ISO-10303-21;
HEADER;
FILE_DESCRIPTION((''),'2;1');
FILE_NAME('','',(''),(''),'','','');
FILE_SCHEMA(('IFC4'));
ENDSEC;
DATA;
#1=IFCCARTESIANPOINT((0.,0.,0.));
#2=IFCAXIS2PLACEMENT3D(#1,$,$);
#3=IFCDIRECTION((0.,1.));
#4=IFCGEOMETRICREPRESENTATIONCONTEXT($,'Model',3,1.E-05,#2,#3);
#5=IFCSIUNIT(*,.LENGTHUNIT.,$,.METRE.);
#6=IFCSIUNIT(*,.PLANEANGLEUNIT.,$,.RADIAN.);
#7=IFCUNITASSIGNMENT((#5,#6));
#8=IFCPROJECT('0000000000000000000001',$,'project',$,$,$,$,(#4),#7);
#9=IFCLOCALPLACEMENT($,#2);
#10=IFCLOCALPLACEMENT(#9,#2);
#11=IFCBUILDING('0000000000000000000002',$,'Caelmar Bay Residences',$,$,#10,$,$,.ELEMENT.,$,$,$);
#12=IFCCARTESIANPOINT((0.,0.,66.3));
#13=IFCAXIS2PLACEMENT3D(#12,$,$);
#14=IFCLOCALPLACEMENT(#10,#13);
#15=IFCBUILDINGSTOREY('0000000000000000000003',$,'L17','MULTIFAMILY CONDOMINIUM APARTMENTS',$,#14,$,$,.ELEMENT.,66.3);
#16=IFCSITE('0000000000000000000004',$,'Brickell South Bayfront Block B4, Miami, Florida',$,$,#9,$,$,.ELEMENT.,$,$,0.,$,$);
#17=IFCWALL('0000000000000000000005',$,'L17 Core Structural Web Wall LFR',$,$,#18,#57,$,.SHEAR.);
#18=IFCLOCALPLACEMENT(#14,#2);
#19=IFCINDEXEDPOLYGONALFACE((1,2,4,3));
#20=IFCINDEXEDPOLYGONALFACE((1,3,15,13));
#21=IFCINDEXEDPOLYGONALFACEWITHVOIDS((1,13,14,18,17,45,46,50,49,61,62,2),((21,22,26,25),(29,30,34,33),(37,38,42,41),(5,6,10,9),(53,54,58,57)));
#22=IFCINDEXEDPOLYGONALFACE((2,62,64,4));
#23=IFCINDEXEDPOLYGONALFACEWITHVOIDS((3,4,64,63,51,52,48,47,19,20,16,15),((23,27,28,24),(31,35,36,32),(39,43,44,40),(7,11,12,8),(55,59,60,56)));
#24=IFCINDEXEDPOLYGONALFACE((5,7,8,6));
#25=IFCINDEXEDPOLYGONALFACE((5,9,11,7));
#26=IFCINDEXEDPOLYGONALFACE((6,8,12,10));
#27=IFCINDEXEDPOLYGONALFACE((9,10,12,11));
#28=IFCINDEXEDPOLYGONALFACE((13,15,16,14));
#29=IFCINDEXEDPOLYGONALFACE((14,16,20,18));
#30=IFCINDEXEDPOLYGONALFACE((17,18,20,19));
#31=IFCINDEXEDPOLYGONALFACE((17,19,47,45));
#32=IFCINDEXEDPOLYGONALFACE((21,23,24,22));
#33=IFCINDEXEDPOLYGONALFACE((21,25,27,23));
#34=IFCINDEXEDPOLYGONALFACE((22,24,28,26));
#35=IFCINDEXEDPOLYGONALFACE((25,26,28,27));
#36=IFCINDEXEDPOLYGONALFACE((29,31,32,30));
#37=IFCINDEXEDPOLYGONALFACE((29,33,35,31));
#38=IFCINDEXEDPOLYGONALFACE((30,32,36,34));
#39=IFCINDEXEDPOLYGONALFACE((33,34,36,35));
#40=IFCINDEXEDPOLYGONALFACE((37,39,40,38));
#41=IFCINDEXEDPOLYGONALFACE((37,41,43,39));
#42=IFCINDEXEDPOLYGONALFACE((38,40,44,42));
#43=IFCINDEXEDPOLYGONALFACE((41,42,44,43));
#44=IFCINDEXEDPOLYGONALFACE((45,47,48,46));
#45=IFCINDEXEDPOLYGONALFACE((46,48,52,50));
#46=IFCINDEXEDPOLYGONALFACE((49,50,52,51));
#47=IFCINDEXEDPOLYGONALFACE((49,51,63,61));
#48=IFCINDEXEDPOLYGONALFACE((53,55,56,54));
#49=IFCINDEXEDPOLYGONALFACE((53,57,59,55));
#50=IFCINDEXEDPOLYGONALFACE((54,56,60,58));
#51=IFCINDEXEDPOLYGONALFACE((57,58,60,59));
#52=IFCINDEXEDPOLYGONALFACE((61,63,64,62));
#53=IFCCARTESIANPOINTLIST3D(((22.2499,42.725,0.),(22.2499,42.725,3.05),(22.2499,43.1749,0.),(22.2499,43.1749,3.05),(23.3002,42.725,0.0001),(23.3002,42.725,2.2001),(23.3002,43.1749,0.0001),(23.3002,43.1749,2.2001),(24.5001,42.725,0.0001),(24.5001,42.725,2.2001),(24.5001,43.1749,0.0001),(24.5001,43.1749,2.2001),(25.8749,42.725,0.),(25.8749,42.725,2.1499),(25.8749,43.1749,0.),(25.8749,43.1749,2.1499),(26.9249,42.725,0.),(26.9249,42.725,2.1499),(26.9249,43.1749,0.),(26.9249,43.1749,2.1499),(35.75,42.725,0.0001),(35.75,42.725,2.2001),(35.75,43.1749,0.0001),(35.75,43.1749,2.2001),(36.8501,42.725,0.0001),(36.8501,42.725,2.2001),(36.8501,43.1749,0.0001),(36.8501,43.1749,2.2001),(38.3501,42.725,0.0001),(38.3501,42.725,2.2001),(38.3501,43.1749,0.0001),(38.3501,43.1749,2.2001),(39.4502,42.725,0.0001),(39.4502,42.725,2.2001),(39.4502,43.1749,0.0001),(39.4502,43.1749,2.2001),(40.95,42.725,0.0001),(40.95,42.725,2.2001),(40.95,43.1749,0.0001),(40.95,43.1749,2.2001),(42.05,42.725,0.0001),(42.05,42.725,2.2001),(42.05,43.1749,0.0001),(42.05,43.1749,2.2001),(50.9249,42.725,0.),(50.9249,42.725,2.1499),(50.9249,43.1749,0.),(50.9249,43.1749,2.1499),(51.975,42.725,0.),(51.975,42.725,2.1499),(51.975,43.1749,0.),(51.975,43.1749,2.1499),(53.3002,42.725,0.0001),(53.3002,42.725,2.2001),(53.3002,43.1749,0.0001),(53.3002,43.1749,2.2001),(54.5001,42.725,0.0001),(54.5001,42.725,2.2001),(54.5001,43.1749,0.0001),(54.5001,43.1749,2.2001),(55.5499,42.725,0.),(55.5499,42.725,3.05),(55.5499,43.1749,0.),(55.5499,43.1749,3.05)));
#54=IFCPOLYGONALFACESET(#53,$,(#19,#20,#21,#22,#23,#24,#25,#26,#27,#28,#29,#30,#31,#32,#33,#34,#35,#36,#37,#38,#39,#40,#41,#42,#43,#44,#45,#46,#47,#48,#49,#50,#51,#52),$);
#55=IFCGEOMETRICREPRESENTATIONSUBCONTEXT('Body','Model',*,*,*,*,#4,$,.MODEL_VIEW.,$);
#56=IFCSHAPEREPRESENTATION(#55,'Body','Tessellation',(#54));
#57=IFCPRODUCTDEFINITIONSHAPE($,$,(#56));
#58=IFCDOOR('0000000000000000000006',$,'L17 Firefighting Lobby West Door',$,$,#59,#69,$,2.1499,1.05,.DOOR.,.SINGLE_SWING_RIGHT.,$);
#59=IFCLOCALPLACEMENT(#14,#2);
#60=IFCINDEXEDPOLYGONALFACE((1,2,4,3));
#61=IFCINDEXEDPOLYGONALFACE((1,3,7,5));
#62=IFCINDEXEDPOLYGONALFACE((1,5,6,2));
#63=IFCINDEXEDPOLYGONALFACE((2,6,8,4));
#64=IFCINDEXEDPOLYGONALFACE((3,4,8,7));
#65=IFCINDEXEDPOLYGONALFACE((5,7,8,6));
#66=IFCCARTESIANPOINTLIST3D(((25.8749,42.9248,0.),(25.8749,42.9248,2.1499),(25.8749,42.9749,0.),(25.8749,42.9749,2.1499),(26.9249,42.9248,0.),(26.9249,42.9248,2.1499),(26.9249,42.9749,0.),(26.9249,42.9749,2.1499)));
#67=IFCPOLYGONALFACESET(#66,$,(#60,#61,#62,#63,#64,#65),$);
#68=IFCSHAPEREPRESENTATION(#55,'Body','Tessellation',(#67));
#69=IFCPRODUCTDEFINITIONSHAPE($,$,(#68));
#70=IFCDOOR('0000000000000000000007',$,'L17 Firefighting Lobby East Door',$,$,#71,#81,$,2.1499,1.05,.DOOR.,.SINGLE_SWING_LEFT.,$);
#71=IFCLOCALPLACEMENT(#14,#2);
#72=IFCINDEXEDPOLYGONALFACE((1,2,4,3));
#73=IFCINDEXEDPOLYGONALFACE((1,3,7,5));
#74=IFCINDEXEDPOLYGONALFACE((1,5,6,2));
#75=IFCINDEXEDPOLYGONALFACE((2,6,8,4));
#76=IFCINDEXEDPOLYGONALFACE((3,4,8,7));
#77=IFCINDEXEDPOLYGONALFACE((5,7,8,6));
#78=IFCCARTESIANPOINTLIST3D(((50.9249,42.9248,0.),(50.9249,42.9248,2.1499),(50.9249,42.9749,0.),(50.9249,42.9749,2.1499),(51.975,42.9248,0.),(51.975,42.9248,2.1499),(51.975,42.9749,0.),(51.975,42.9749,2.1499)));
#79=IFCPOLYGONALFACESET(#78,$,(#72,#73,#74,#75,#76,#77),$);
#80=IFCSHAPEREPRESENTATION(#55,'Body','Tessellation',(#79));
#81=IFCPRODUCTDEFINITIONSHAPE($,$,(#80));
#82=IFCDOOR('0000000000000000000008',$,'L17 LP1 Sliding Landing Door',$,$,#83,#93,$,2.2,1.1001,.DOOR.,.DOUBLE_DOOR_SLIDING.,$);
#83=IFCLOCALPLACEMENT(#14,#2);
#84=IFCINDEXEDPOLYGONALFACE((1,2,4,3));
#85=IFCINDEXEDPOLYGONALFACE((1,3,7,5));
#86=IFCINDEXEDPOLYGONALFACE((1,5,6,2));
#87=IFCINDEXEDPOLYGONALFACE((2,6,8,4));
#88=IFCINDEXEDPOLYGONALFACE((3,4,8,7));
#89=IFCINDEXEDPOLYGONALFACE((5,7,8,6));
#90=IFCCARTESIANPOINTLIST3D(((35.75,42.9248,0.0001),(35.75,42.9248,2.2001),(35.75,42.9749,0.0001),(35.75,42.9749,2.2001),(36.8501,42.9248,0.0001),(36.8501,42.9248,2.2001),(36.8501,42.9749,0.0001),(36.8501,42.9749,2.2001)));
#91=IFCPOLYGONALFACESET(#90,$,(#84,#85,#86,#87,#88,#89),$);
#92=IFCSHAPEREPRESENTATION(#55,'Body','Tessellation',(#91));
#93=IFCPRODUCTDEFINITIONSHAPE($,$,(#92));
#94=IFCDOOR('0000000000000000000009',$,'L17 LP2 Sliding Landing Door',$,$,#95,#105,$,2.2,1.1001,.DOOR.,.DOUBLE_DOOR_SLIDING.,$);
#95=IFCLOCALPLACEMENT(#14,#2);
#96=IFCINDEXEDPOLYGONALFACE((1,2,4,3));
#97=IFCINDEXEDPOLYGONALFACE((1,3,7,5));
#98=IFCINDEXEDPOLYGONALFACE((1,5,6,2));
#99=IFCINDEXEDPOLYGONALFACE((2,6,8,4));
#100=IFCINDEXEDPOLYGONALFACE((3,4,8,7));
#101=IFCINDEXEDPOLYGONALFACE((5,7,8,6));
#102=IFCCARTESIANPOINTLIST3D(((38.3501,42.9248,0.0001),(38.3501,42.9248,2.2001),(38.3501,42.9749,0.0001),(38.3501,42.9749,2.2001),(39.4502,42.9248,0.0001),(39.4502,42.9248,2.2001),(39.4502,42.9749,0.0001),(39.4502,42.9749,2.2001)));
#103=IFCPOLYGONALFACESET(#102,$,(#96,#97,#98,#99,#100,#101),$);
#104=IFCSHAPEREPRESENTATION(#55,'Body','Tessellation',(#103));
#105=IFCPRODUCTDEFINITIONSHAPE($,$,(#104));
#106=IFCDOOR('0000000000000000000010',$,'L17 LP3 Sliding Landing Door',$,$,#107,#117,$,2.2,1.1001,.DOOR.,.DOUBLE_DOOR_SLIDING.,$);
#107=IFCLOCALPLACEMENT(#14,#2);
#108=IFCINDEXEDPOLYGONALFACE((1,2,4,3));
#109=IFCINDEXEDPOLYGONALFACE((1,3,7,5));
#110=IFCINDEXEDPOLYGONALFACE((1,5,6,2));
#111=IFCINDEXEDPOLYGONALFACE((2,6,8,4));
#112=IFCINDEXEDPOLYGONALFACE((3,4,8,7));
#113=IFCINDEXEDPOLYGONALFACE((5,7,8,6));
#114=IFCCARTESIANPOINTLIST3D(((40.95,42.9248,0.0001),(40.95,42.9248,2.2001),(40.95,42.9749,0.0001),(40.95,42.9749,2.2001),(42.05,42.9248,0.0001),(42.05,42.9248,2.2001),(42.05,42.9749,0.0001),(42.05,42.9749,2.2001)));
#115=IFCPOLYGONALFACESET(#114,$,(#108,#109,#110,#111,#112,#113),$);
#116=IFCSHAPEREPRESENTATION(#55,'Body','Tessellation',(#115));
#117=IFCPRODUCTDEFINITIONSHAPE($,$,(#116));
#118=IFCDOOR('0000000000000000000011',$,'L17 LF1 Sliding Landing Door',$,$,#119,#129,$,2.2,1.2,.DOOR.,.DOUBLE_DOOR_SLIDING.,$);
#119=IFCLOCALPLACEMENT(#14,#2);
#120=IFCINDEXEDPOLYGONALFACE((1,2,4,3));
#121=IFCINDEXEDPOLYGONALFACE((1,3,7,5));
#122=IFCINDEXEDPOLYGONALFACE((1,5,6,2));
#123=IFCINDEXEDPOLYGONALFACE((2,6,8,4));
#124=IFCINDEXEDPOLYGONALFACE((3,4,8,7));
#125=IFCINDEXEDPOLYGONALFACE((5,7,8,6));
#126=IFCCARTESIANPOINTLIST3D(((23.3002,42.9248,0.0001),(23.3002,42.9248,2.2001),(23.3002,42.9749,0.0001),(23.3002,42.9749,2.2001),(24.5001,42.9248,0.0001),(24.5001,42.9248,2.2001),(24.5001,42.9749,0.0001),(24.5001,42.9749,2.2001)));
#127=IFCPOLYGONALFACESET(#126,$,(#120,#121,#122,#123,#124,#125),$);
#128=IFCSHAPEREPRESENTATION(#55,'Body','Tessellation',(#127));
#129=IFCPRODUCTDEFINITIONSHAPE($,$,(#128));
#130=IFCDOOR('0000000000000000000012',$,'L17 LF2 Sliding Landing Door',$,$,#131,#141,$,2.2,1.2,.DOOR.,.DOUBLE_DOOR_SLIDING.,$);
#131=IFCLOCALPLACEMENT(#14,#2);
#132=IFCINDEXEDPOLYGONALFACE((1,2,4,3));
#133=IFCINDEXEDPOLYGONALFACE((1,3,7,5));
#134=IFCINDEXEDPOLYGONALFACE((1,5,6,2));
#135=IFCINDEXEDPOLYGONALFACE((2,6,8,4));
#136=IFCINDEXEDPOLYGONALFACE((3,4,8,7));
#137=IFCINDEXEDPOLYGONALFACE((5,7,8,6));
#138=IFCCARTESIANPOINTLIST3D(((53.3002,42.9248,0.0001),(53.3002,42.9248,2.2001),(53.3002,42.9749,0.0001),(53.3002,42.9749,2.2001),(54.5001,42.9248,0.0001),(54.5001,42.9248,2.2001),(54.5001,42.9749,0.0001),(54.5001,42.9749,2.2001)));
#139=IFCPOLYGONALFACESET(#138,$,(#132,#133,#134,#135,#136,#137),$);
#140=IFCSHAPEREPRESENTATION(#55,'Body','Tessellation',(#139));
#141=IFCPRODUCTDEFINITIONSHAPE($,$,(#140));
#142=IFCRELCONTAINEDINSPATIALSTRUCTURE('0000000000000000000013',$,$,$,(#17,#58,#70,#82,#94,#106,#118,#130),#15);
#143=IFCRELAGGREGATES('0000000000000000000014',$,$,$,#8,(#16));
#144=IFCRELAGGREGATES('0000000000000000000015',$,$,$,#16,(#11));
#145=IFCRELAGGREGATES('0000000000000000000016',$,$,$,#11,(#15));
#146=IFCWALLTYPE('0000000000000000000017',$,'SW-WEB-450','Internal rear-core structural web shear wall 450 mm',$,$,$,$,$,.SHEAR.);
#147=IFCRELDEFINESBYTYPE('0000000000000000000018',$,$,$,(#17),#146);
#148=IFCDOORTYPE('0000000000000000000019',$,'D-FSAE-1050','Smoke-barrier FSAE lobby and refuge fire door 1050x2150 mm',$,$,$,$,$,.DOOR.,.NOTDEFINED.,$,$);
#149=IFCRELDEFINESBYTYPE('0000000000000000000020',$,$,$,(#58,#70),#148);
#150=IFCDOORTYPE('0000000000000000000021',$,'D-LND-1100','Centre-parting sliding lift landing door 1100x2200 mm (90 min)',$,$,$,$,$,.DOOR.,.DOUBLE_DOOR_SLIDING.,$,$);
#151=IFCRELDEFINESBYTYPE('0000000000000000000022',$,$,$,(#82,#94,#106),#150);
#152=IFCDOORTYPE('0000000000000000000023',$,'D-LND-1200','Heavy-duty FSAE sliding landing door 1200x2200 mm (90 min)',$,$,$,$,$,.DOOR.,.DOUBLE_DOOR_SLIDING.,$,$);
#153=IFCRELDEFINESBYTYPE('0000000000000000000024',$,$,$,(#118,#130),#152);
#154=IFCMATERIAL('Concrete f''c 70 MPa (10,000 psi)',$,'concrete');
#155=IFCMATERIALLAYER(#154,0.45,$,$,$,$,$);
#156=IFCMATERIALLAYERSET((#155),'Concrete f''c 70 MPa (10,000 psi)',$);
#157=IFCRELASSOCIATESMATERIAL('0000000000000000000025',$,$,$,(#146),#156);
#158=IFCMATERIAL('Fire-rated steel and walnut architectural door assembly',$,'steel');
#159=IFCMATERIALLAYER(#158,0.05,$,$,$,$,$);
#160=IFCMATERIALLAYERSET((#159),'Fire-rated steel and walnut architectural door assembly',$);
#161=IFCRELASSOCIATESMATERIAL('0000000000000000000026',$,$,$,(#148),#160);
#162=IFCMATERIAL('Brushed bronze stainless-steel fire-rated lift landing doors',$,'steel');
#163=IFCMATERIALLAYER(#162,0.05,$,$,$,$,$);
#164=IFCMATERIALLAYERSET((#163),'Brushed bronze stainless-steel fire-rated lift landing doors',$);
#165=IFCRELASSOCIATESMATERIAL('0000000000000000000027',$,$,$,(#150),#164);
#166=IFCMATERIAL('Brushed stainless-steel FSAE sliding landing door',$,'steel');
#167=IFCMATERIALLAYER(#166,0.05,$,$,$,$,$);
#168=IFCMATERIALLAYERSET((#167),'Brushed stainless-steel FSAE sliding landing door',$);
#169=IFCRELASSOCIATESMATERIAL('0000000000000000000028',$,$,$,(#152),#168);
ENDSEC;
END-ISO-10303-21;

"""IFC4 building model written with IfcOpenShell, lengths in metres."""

from ifc_helpers import new_model, si_unit, direction, frame, frame_2d, origin, place, context, subcontext, project, spatial, rectangle, extrude, material, layer, layer_set, type_object, element, fill, save


model = new_model("IFC4")

# Units and contexts
model_context = context("Model", 3, precision=1e-05, world=origin(), true_north=direction((0.0, 1.0)))
body_context = subcontext(model_context, "Body", "Model", "MODEL_VIEW")
ifc_project = project(units=[si_unit("LENGTHUNIT", "METRE"), si_unit("PLANEANGLEUNIT", "RADIAN")], contexts=[model_context])

# Site, building, storey
site_placement = place(None, origin())
site = spatial("IfcSite", under=ifc_project, at=site_placement, Name="Brickell South Bayfront Block B4, Miami, Florida", CompositionType="ELEMENT", RefElevation=0.0)
building_placement = place(site_placement, origin())
building = spatial("IfcBuilding", under=site, at=building_placement, Name="Caelmar Bay Residences", CompositionType="ELEMENT")
storey_placement = place(building_placement, frame((0.0, 0.0, 66.3)))
storey = spatial("IfcBuildingStorey", under=building, at=storey_placement, Name="L17", Description="MULTIFAMILY CONDOMINIUM APARTMENTS", CompositionType="ELEMENT", Elevation=66.3)

# Wall, openings, doors
ifc_material_1 = material(Name="Concrete f'c 70 MPa (10,000 psi)", Category="concrete")
ifc_layer_1 = layer(ifc_material_1, 0.45)
ifc_layer_set_1 = layer_set([ifc_layer_1], Name="Concrete f'c 70 MPa (10,000 psi)")
wall_type_1 = type_object("IfcWallType", Name="SW-WEB-450", Description="Internal rear-core structural web shear wall 450 mm", PredefinedType="SHEAR", material=ifc_layer_set_1)
wall_1_placement = place(storey_placement, frame((22.25, 42.95, 0.0), z_axis=(0.0, 0.0, 1.0), x_axis=(1.0, 0.0, 0.0)))
wall_1 = element("IfcWall", 1, at=wall_1_placement, inside=storey, type_object=wall_type_1, Name="L17 Core Structural Web Wall LFR", PredefinedType="SHEAR", context=body_context, shape_type="SweptSolid", body=[
    extrude(rectangle(XDim=33.3, YDim=0.45, at=frame_2d((16.6499, 0.0))), origin(), (0.0, 0.0, 1.0), 3.05),
])
opening_1_placement = place(wall_1_placement, frame((1.05, 0.0, 0.0)))
opening_1 = element("IfcOpeningElement", 2, at=opening_1_placement, cuts=wall_1, PredefinedType="OPENING", context=body_context, shape_type="SweptSolid", body=[
    extrude(rectangle(XDim=1.2, YDim=2.2, at=frame_2d((0.6001, 1.1001))), frame((0.0, 0.2349, 0.0), z_axis=(0.0, -1.0, 0.0), x_axis=(1.0, 0.0, 0.0)), (0.0, 0.0, 1.0), 0.47),
])
opening_2_placement = place(wall_1_placement, frame((31.05, 0.0, 0.0)))
opening_2 = element("IfcOpeningElement", 3, at=opening_2_placement, cuts=wall_1, PredefinedType="OPENING", context=body_context, shape_type="SweptSolid", body=[
    extrude(rectangle(XDim=1.2, YDim=2.2, at=frame_2d((0.6001, 1.1001))), frame((0.0, 0.2349, 0.0), z_axis=(0.0, -1.0, 0.0), x_axis=(1.0, 0.0, 0.0)), (0.0, 0.0, 1.0), 0.47),
])
opening_3_placement = place(wall_1_placement, frame((13.5, 0.0, 0.0)))
opening_3 = element("IfcOpeningElement", 4, at=opening_3_placement, cuts=wall_1, PredefinedType="OPENING", context=body_context, shape_type="SweptSolid", body=[
    extrude(rectangle(XDim=1.1001, YDim=2.2, at=frame_2d((0.55, 1.1001))), frame((0.0, 0.2349, 0.0), z_axis=(0.0, -1.0, 0.0), x_axis=(1.0, 0.0, 0.0)), (0.0, 0.0, 1.0), 0.47),
])
opening_4_placement = place(wall_1_placement, frame((16.1001, 0.0, 0.0)))
opening_4 = element("IfcOpeningElement", 5, at=opening_4_placement, cuts=wall_1, PredefinedType="OPENING", context=body_context, shape_type="SweptSolid", body=[
    extrude(rectangle(XDim=1.1001, YDim=2.2, at=frame_2d((0.55, 1.1001))), frame((0.0, 0.2349, 0.0), z_axis=(0.0, -1.0, 0.0), x_axis=(1.0, 0.0, 0.0)), (0.0, 0.0, 1.0), 0.47),
])
opening_5_placement = place(wall_1_placement, frame((18.7, 0.0, 0.0)))
opening_5 = element("IfcOpeningElement", 6, at=opening_5_placement, cuts=wall_1, PredefinedType="OPENING", context=body_context, shape_type="SweptSolid", body=[
    extrude(rectangle(XDim=1.1001, YDim=2.2, at=frame_2d((0.55, 1.1001))), frame((0.0, 0.2349, 0.0), z_axis=(0.0, -1.0, 0.0), x_axis=(1.0, 0.0, 0.0)), (0.0, 0.0, 1.0), 0.47),
])
opening_6_placement = place(wall_1_placement, frame((3.625, 0.0, 0.0)))
opening_6 = element("IfcOpeningElement", 7, at=opening_6_placement, cuts=wall_1, PredefinedType="OPENING", context=body_context, shape_type="SweptSolid", body=[
    extrude(rectangle(XDim=1.05, YDim=2.1499, at=frame_2d((0.5249, 1.075))), frame((0.0, 0.2349, 0.0), z_axis=(0.0, -1.0, 0.0), x_axis=(1.0, 0.0, 0.0)), (0.0, 0.0, 1.0), 0.47),
])
opening_7_placement = place(wall_1_placement, frame((28.675, 0.0, 0.0)))
opening_7 = element("IfcOpeningElement", 8, at=opening_7_placement, cuts=wall_1, PredefinedType="OPENING", context=body_context, shape_type="SweptSolid", body=[
    extrude(rectangle(XDim=1.05, YDim=2.1499, at=frame_2d((0.5249, 1.075))), frame((0.0, 0.2349, 0.0), z_axis=(0.0, -1.0, 0.0), x_axis=(1.0, 0.0, 0.0)), (0.0, 0.0, 1.0), 0.47),
])
ifc_material_2 = material(Name="Fire-rated steel and walnut architectural door assembly", Category="steel")
ifc_layer_2 = layer(ifc_material_2, 0.05)
ifc_layer_set_2 = layer_set([ifc_layer_2], Name="Fire-rated steel and walnut architectural door assembly")
door_type_1 = type_object("IfcDoorType", Name="D-FSAE-1050", Description="Smoke-barrier FSAE lobby and refuge fire door 1050x2150 mm", OperationType="NOTDEFINED", PredefinedType="DOOR", material=ifc_layer_set_2)
door_1_placement = place(opening_6_placement, origin())
door_1 = element("IfcDoor", 9, at=door_1_placement, inside=storey, type_object=door_type_1, Name="L17 Firefighting Lobby West Door", OperationType="SINGLE_SWING_RIGHT", OverallHeight=2.1499, OverallWidth=1.05, PredefinedType="DOOR", context=body_context, shape_type="SweptSolid", body=[
    extrude(rectangle(XDim=1.05, YDim=2.1499, at=frame_2d((0.5249, 1.075))), frame((0.0, 0.0249, 0.0), z_axis=(0.0, -1.0, 0.0), x_axis=(1.0, 0.0, 0.0)), (0.0, 0.0, 1.0), 0.05),
])
fill(opening_6, door_1)
door_2_placement = place(opening_7_placement, origin())
door_2 = element("IfcDoor", 10, at=door_2_placement, inside=storey, type_object=door_type_1, Name="L17 Firefighting Lobby East Door", OperationType="SINGLE_SWING_LEFT", OverallHeight=2.1499, OverallWidth=1.05, PredefinedType="DOOR", context=body_context, shape_type="SweptSolid", body=[
    extrude(rectangle(XDim=1.05, YDim=2.1499, at=frame_2d((0.5249, 1.075))), frame((0.0, 0.0249, 0.0), z_axis=(0.0, -1.0, 0.0), x_axis=(1.0, 0.0, 0.0)), (0.0, 0.0, 1.0), 0.05),
])
fill(opening_7, door_2)
ifc_material_3 = material(Name="Brushed bronze stainless-steel fire-rated lift landing doors", Category="steel")
ifc_layer_3 = layer(ifc_material_3, 0.05)
ifc_layer_set_3 = layer_set([ifc_layer_3], Name="Brushed bronze stainless-steel fire-rated lift landing doors")
door_type_2 = type_object("IfcDoorType", Name="D-LND-1100", Description="Centre-parting sliding lift landing door 1100x2200 mm (90 min)", OperationType="DOUBLE_DOOR_SLIDING", PredefinedType="DOOR", material=ifc_layer_set_3)
door_3_placement = place(opening_3_placement, origin())
door_3 = element("IfcDoor", 11, at=door_3_placement, inside=storey, type_object=door_type_2, Name="L17 LP1 Sliding Landing Door", OperationType="DOUBLE_DOOR_SLIDING", OverallHeight=2.2, OverallWidth=1.1001, PredefinedType="DOOR", context=body_context, shape_type="SweptSolid", body=[
    extrude(rectangle(XDim=1.1001, YDim=2.2, at=frame_2d((0.55, 1.1001))), frame((0.0, 0.0249, 0.0), z_axis=(0.0, -1.0, 0.0), x_axis=(1.0, 0.0, 0.0)), (0.0, 0.0, 1.0), 0.05),
])
fill(opening_3, door_3)
door_4_placement = place(opening_4_placement, origin())
door_4 = element("IfcDoor", 12, at=door_4_placement, inside=storey, type_object=door_type_2, Name="L17 LP2 Sliding Landing Door", OperationType="DOUBLE_DOOR_SLIDING", OverallHeight=2.2, OverallWidth=1.1001, PredefinedType="DOOR", context=body_context, shape_type="SweptSolid", body=[
    extrude(rectangle(XDim=1.1001, YDim=2.2, at=frame_2d((0.55, 1.1001))), frame((0.0, 0.0249, 0.0), z_axis=(0.0, -1.0, 0.0), x_axis=(1.0, 0.0, 0.0)), (0.0, 0.0, 1.0), 0.05),
])
fill(opening_4, door_4)
door_5_placement = place(opening_5_placement, origin())
door_5 = element("IfcDoor", 13, at=door_5_placement, inside=storey, type_object=door_type_2, Name="L17 LP3 Sliding Landing Door", OperationType="DOUBLE_DOOR_SLIDING", OverallHeight=2.2, OverallWidth=1.1001, PredefinedType="DOOR", context=body_context, shape_type="SweptSolid", body=[
    extrude(rectangle(XDim=1.1001, YDim=2.2, at=frame_2d((0.55, 1.1001))), frame((0.0, 0.0249, 0.0), z_axis=(0.0, -1.0, 0.0), x_axis=(1.0, 0.0, 0.0)), (0.0, 0.0, 1.0), 0.05),
])
fill(opening_5, door_5)
ifc_material_4 = material(Name="Brushed stainless-steel FSAE sliding landing door", Category="steel")
ifc_layer_4 = layer(ifc_material_4, 0.05)
ifc_layer_set_4 = layer_set([ifc_layer_4], Name="Brushed stainless-steel FSAE sliding landing door")
door_type_3 = type_object("IfcDoorType", Name="D-LND-1200", Description="Heavy-duty FSAE sliding landing door 1200x2200 mm (90 min)", OperationType="DOUBLE_DOOR_SLIDING", PredefinedType="DOOR", material=ifc_layer_set_4)
door_6_placement = place(opening_1_placement, origin())
door_6 = element("IfcDoor", 14, at=door_6_placement, inside=storey, type_object=door_type_3, Name="L17 LF1 Sliding Landing Door", OperationType="DOUBLE_DOOR_SLIDING", OverallHeight=2.2, OverallWidth=1.2, PredefinedType="DOOR", context=body_context, shape_type="SweptSolid", body=[
    extrude(rectangle(XDim=1.2, YDim=2.2, at=frame_2d((0.6001, 1.1001))), frame((0.0, 0.0249, 0.0), z_axis=(0.0, -1.0, 0.0), x_axis=(1.0, 0.0, 0.0)), (0.0, 0.0, 1.0), 0.05),
])
fill(opening_1, door_6)
door_7_placement = place(opening_2_placement, origin())
door_7 = element("IfcDoor", 15, at=door_7_placement, inside=storey, type_object=door_type_3, Name="L17 LF2 Sliding Landing Door", OperationType="DOUBLE_DOOR_SLIDING", OverallHeight=2.2, OverallWidth=1.2, PredefinedType="DOOR", context=body_context, shape_type="SweptSolid", body=[
    extrude(rectangle(XDim=1.2, YDim=2.2, at=frame_2d((0.6001, 1.1001))), frame((0.0, 0.0249, 0.0), z_axis=(0.0, -1.0, 0.0), x_axis=(1.0, 0.0, 0.0)), (0.0, 0.0, 1.0), 0.05),
])
fill(opening_2, door_7)

save(model, "model.ifc")
